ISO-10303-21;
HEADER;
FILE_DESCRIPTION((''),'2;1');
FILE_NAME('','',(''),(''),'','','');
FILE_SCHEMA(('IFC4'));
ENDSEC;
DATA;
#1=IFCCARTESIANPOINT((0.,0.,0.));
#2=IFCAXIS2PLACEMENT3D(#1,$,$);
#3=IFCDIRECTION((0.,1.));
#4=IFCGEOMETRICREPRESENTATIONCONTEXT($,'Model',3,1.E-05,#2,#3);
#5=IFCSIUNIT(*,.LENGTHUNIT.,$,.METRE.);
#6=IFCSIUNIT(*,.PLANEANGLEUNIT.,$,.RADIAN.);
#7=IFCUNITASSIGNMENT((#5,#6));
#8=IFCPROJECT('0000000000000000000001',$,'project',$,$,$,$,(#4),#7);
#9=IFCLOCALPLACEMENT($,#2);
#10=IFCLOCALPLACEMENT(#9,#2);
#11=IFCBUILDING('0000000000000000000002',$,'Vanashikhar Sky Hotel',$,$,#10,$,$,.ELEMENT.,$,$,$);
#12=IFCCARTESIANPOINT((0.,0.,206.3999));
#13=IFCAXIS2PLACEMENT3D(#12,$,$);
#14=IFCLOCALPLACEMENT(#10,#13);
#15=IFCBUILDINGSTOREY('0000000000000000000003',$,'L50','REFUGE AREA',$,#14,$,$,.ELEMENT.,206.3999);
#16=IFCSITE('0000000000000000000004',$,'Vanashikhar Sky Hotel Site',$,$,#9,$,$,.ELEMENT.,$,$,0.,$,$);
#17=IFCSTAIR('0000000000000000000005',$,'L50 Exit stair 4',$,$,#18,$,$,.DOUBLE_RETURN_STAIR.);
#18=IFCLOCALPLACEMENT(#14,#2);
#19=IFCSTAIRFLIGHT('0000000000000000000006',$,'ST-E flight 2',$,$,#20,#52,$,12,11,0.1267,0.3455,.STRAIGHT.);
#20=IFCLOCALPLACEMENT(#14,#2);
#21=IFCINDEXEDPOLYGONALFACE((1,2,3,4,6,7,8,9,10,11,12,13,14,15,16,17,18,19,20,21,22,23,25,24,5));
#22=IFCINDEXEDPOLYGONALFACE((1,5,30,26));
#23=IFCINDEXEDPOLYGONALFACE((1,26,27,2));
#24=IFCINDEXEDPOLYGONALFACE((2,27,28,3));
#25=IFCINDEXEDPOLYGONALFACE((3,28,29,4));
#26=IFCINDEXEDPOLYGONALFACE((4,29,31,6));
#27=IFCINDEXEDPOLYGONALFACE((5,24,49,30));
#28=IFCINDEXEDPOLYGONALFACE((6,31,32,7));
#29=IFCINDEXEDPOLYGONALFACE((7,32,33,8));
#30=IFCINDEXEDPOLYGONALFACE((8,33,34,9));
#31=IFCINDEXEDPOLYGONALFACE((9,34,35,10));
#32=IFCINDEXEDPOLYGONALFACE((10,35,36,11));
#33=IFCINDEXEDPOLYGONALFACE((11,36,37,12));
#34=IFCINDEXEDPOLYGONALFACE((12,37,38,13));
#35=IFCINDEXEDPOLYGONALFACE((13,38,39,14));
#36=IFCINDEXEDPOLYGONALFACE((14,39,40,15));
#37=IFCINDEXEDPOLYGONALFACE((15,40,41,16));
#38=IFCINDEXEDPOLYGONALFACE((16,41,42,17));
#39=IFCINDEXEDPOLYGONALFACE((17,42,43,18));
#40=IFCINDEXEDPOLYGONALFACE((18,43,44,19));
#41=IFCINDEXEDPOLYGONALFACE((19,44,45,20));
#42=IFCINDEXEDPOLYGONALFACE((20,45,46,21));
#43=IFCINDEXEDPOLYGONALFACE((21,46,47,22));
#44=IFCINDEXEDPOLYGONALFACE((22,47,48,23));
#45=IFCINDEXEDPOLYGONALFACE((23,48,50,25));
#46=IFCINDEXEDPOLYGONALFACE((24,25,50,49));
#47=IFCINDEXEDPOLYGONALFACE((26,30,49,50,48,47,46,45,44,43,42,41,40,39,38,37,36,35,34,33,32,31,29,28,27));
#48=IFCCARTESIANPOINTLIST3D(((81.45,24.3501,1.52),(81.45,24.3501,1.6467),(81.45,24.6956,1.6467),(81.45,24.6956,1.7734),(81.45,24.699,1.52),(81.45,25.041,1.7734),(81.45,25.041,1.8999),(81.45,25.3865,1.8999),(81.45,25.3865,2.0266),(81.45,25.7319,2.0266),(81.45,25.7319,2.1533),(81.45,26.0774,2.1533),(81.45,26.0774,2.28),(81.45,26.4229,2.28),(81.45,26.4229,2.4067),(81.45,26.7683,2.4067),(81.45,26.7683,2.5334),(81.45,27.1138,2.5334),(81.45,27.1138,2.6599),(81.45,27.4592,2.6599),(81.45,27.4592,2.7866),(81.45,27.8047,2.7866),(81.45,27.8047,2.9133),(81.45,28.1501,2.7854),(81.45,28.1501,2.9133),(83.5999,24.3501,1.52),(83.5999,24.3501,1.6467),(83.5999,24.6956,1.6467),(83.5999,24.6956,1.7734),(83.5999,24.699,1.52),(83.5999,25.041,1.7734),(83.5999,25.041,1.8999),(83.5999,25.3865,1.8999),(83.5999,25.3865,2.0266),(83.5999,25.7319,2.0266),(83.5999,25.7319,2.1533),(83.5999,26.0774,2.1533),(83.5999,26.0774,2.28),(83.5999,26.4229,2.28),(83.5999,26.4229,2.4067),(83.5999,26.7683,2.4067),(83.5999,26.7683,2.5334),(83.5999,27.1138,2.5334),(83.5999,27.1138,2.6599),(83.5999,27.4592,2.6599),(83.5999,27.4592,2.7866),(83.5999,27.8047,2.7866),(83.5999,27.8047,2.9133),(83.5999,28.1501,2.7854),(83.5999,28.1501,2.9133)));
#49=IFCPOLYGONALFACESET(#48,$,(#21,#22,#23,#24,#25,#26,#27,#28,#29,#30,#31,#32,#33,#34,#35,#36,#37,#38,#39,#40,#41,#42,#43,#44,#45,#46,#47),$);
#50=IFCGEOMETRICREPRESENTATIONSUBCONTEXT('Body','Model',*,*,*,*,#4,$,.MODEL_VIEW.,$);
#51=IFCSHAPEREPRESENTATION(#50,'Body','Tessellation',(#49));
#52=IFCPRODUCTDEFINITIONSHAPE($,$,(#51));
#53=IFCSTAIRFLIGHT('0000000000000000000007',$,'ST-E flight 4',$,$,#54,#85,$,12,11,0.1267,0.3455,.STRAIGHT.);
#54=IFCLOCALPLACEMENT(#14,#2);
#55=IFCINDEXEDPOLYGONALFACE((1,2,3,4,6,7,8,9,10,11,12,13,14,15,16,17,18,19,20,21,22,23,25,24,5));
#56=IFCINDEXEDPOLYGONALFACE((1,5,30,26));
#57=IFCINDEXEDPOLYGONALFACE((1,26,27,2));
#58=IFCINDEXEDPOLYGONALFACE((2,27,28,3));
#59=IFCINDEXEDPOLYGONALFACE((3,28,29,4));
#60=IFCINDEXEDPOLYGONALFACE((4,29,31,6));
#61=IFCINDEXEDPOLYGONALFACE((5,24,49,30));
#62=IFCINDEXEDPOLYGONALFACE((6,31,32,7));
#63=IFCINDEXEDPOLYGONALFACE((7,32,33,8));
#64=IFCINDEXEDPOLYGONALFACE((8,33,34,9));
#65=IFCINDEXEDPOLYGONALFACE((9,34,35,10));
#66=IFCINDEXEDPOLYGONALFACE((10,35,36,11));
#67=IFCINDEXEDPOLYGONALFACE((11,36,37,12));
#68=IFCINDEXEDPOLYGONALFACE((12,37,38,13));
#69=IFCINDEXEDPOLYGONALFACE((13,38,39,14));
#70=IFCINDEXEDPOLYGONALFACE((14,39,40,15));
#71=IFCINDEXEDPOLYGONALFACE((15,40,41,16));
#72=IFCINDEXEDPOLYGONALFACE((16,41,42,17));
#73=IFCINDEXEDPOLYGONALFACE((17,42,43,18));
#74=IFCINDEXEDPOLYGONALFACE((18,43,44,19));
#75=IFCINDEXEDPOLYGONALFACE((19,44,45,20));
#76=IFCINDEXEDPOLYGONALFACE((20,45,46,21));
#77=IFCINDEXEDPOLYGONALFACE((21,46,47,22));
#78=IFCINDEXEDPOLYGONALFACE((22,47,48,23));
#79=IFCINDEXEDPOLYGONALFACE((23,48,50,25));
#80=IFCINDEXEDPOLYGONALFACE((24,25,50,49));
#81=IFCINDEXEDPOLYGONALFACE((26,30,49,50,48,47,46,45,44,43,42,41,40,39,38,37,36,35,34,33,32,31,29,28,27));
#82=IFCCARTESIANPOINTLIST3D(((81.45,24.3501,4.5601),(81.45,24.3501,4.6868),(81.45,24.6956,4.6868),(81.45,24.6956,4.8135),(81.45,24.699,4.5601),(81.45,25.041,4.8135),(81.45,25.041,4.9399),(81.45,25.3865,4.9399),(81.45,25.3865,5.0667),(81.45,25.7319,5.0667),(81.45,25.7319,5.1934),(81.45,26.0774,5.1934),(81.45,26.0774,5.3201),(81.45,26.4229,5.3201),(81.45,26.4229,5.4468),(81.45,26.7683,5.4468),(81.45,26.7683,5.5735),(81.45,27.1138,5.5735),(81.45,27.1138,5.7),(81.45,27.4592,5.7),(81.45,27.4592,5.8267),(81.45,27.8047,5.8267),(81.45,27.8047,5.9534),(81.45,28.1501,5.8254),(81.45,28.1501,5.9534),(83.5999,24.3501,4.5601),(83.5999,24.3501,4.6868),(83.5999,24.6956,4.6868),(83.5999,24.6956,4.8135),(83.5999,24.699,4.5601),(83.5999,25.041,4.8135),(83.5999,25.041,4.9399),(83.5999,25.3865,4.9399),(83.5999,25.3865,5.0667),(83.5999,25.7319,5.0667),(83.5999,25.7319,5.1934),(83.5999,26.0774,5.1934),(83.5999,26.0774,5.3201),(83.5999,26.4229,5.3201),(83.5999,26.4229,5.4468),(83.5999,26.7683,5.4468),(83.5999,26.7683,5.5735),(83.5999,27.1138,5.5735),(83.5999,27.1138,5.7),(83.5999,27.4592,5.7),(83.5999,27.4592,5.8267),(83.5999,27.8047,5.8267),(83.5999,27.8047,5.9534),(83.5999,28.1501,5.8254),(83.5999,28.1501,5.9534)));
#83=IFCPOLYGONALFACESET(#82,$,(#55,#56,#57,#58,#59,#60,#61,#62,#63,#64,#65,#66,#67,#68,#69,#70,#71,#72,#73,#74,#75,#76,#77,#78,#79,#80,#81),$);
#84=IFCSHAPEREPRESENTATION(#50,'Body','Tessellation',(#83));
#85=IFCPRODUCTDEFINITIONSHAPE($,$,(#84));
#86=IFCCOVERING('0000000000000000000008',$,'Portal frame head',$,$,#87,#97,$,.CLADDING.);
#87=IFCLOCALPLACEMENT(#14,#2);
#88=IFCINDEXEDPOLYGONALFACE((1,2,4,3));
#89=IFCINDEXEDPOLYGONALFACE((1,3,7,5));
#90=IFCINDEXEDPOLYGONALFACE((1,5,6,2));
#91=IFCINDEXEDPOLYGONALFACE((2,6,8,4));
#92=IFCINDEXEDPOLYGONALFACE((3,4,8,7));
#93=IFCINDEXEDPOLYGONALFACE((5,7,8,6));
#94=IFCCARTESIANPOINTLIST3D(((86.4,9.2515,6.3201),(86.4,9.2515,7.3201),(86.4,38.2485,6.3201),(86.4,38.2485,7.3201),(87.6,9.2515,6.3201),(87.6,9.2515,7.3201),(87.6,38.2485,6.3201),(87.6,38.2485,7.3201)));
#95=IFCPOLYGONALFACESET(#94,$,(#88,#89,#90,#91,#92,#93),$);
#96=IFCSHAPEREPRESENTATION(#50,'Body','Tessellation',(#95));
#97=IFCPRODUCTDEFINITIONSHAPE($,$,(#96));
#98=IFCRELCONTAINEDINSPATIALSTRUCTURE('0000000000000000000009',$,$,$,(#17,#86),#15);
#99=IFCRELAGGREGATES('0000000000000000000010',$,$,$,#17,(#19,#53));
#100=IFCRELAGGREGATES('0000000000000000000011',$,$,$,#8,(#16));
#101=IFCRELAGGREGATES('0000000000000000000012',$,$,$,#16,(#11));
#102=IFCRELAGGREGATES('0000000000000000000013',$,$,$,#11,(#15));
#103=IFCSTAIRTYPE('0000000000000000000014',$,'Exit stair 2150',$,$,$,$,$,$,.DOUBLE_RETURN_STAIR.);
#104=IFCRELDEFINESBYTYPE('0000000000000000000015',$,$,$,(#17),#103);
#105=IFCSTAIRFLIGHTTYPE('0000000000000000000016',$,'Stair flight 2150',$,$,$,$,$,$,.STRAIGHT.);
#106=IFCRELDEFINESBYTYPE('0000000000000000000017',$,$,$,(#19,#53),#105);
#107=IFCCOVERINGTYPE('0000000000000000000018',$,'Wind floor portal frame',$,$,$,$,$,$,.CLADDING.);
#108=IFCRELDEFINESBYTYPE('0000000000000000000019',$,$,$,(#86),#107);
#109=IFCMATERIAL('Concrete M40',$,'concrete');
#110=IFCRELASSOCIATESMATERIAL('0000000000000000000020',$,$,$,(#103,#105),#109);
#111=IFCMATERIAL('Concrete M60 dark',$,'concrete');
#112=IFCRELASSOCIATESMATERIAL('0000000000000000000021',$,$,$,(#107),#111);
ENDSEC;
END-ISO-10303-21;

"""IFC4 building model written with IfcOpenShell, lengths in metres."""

from ifc_helpers import new_model, si_unit, direction, frame, origin, origin_2d, place, context, subcontext, project, spatial, polyline, rectangle, outline, extrude, source, transform, mapped, material, type_object, element, aggregate, save


model = new_model("IFC4")

# Units and contexts
model_context = context("Model", 3, precision=1e-05, world=origin(), true_north=direction((0.0, 1.0)))
body_context = subcontext(model_context, "Body", "Model", "MODEL_VIEW")
ifc_project = project(units=[si_unit("LENGTHUNIT", "METRE"), si_unit("PLANEANGLEUNIT", "RADIAN")], contexts=[model_context])

# Site, building, storey
site_placement = place(None, origin())
site = spatial("IfcSite", under=ifc_project, at=site_placement, Name="Vanashikhar Sky Hotel Site", CompositionType="ELEMENT", RefElevation=0.0)
building_placement = place(site_placement, origin())
building = spatial("IfcBuilding", under=site, at=building_placement, Name="Vanashikhar Sky Hotel", CompositionType="ELEMENT")
storey_placement = place(building_placement, frame((0.0, 0.0, 206.3999)))
storey = spatial("IfcBuildingStorey", under=building, at=storey_placement, Name="L50", Description="REFUGE AREA", CompositionType="ELEMENT", Elevation=206.3999)

# Stair, stair flights
ifc_material_1 = material(Name="Concrete M40", Category="concrete")
stair_type = type_object("IfcStairType", Name="Exit stair 2150", PredefinedType="DOUBLE_RETURN_STAIR", material=ifc_material_1)
stair_placement = place(storey_placement, origin())
stair = element("IfcStair", 1, at=stair_placement, inside=storey, type_object=stair_type, Name="L50 Exit stair 4", PredefinedType="DOUBLE_RETURN_STAIR")
stair_flight_type = type_object("IfcStairFlightType", Name="Stair flight 2150", PredefinedType="STRAIGHT", material=ifc_material_1)
shared_shape_1 = source(origin(), body_context, "Body", "SweptSolid", [
    extrude(outline(polyline([(0.0, 0.0), (0.0, 0.1267), (0.3455, 0.1267), (0.3455, 0.2534), (0.6909, 0.2534), (0.6909, 0.3799), (1.0364, 0.3799), (1.0364, 0.5066), (1.3818, 0.5066), (1.3818, 0.6333), (1.7273, 0.6333), (1.7273, 0.76), (2.0728, 0.76), (2.0728, 0.8867), (2.4182, 0.8867), (2.4182, 1.0134), (2.7637, 1.0134), (2.7637, 1.1399), (3.1091, 1.1399), (3.1091, 1.2666), (3.4546, 1.2666), (3.4546, 1.3933), (3.8, 1.3933), (3.8, 1.52), (3.8, 1.2654), (0.3489, 0.0), (0.0, 0.0)])), frame((0.0, 1.075, 0.0), z_axis=(0.0, -1.0, 0.0), x_axis=(1.0, 0.0, 0.0)), (0.0, 0.0, 1.0), 2.1499),
])
stair_flight_1_placement = place(storey_placement, frame((82.5249, 24.3501, 1.52), z_axis=(0.0, 0.0, 1.0), x_axis=(0.0, 1.0, 0.0)))
stair_flight_1 = element("IfcStairFlight", 2, at=stair_flight_1_placement, type_object=stair_flight_type, Name="ST-E flight 2", NumberOfRisers=12, NumberOfTreads=11, PredefinedType="STRAIGHT", RiserHeight=0.1267, TreadLength=0.3455, context=body_context, shape_type="MappedRepresentation", body=[
    mapped(shared_shape_1, transform((0.0, 0.0, 0.0), scale=1.0)),
])
stair_flight_2_placement = place(storey_placement, frame((82.5249, 24.3501, 4.5601), z_axis=(0.0, 0.0, 1.0), x_axis=(0.0, 1.0, 0.0)))
stair_flight_2 = element("IfcStairFlight", 3, at=stair_flight_2_placement, type_object=stair_flight_type, Name="ST-E flight 4", NumberOfRisers=12, NumberOfTreads=11, PredefinedType="STRAIGHT", RiserHeight=0.1267, TreadLength=0.3455, context=body_context, shape_type="MappedRepresentation", body=[
    mapped(shared_shape_1, transform((0.0, 0.0, 0.0), scale=1.0)),
])
aggregate(stair, [stair_flight_1, stair_flight_2])

# Covering
ifc_material_2 = material(Name="Concrete M60 dark", Category="concrete")
covering_type = type_object("IfcCoveringType", Name="Wind floor portal frame", PredefinedType="CLADDING", material=ifc_material_2)
shared_shape_2 = source(origin(), body_context, "Body", "SweptSolid", [
    extrude(rectangle(XDim=28.9971, YDim=1.2, at=origin_2d()), origin(), (0.0, 0.0, 1.0), 1.0),
])
covering_placement = place(storey_placement, frame((87.0, 23.75, 6.3201), z_axis=(0.0, 0.0, 1.0), x_axis=(0.0, 1.0, 0.0)))
element("IfcCovering", 4, at=covering_placement, inside=storey, type_object=covering_type, Name="Portal frame head", PredefinedType="CLADDING", context=body_context, shape_type="MappedRepresentation", body=[
    mapped(shared_shape_2, transform((0.0, 0.0, 0.0), scale=1.0)),
])

save(model, "model.ifc")
